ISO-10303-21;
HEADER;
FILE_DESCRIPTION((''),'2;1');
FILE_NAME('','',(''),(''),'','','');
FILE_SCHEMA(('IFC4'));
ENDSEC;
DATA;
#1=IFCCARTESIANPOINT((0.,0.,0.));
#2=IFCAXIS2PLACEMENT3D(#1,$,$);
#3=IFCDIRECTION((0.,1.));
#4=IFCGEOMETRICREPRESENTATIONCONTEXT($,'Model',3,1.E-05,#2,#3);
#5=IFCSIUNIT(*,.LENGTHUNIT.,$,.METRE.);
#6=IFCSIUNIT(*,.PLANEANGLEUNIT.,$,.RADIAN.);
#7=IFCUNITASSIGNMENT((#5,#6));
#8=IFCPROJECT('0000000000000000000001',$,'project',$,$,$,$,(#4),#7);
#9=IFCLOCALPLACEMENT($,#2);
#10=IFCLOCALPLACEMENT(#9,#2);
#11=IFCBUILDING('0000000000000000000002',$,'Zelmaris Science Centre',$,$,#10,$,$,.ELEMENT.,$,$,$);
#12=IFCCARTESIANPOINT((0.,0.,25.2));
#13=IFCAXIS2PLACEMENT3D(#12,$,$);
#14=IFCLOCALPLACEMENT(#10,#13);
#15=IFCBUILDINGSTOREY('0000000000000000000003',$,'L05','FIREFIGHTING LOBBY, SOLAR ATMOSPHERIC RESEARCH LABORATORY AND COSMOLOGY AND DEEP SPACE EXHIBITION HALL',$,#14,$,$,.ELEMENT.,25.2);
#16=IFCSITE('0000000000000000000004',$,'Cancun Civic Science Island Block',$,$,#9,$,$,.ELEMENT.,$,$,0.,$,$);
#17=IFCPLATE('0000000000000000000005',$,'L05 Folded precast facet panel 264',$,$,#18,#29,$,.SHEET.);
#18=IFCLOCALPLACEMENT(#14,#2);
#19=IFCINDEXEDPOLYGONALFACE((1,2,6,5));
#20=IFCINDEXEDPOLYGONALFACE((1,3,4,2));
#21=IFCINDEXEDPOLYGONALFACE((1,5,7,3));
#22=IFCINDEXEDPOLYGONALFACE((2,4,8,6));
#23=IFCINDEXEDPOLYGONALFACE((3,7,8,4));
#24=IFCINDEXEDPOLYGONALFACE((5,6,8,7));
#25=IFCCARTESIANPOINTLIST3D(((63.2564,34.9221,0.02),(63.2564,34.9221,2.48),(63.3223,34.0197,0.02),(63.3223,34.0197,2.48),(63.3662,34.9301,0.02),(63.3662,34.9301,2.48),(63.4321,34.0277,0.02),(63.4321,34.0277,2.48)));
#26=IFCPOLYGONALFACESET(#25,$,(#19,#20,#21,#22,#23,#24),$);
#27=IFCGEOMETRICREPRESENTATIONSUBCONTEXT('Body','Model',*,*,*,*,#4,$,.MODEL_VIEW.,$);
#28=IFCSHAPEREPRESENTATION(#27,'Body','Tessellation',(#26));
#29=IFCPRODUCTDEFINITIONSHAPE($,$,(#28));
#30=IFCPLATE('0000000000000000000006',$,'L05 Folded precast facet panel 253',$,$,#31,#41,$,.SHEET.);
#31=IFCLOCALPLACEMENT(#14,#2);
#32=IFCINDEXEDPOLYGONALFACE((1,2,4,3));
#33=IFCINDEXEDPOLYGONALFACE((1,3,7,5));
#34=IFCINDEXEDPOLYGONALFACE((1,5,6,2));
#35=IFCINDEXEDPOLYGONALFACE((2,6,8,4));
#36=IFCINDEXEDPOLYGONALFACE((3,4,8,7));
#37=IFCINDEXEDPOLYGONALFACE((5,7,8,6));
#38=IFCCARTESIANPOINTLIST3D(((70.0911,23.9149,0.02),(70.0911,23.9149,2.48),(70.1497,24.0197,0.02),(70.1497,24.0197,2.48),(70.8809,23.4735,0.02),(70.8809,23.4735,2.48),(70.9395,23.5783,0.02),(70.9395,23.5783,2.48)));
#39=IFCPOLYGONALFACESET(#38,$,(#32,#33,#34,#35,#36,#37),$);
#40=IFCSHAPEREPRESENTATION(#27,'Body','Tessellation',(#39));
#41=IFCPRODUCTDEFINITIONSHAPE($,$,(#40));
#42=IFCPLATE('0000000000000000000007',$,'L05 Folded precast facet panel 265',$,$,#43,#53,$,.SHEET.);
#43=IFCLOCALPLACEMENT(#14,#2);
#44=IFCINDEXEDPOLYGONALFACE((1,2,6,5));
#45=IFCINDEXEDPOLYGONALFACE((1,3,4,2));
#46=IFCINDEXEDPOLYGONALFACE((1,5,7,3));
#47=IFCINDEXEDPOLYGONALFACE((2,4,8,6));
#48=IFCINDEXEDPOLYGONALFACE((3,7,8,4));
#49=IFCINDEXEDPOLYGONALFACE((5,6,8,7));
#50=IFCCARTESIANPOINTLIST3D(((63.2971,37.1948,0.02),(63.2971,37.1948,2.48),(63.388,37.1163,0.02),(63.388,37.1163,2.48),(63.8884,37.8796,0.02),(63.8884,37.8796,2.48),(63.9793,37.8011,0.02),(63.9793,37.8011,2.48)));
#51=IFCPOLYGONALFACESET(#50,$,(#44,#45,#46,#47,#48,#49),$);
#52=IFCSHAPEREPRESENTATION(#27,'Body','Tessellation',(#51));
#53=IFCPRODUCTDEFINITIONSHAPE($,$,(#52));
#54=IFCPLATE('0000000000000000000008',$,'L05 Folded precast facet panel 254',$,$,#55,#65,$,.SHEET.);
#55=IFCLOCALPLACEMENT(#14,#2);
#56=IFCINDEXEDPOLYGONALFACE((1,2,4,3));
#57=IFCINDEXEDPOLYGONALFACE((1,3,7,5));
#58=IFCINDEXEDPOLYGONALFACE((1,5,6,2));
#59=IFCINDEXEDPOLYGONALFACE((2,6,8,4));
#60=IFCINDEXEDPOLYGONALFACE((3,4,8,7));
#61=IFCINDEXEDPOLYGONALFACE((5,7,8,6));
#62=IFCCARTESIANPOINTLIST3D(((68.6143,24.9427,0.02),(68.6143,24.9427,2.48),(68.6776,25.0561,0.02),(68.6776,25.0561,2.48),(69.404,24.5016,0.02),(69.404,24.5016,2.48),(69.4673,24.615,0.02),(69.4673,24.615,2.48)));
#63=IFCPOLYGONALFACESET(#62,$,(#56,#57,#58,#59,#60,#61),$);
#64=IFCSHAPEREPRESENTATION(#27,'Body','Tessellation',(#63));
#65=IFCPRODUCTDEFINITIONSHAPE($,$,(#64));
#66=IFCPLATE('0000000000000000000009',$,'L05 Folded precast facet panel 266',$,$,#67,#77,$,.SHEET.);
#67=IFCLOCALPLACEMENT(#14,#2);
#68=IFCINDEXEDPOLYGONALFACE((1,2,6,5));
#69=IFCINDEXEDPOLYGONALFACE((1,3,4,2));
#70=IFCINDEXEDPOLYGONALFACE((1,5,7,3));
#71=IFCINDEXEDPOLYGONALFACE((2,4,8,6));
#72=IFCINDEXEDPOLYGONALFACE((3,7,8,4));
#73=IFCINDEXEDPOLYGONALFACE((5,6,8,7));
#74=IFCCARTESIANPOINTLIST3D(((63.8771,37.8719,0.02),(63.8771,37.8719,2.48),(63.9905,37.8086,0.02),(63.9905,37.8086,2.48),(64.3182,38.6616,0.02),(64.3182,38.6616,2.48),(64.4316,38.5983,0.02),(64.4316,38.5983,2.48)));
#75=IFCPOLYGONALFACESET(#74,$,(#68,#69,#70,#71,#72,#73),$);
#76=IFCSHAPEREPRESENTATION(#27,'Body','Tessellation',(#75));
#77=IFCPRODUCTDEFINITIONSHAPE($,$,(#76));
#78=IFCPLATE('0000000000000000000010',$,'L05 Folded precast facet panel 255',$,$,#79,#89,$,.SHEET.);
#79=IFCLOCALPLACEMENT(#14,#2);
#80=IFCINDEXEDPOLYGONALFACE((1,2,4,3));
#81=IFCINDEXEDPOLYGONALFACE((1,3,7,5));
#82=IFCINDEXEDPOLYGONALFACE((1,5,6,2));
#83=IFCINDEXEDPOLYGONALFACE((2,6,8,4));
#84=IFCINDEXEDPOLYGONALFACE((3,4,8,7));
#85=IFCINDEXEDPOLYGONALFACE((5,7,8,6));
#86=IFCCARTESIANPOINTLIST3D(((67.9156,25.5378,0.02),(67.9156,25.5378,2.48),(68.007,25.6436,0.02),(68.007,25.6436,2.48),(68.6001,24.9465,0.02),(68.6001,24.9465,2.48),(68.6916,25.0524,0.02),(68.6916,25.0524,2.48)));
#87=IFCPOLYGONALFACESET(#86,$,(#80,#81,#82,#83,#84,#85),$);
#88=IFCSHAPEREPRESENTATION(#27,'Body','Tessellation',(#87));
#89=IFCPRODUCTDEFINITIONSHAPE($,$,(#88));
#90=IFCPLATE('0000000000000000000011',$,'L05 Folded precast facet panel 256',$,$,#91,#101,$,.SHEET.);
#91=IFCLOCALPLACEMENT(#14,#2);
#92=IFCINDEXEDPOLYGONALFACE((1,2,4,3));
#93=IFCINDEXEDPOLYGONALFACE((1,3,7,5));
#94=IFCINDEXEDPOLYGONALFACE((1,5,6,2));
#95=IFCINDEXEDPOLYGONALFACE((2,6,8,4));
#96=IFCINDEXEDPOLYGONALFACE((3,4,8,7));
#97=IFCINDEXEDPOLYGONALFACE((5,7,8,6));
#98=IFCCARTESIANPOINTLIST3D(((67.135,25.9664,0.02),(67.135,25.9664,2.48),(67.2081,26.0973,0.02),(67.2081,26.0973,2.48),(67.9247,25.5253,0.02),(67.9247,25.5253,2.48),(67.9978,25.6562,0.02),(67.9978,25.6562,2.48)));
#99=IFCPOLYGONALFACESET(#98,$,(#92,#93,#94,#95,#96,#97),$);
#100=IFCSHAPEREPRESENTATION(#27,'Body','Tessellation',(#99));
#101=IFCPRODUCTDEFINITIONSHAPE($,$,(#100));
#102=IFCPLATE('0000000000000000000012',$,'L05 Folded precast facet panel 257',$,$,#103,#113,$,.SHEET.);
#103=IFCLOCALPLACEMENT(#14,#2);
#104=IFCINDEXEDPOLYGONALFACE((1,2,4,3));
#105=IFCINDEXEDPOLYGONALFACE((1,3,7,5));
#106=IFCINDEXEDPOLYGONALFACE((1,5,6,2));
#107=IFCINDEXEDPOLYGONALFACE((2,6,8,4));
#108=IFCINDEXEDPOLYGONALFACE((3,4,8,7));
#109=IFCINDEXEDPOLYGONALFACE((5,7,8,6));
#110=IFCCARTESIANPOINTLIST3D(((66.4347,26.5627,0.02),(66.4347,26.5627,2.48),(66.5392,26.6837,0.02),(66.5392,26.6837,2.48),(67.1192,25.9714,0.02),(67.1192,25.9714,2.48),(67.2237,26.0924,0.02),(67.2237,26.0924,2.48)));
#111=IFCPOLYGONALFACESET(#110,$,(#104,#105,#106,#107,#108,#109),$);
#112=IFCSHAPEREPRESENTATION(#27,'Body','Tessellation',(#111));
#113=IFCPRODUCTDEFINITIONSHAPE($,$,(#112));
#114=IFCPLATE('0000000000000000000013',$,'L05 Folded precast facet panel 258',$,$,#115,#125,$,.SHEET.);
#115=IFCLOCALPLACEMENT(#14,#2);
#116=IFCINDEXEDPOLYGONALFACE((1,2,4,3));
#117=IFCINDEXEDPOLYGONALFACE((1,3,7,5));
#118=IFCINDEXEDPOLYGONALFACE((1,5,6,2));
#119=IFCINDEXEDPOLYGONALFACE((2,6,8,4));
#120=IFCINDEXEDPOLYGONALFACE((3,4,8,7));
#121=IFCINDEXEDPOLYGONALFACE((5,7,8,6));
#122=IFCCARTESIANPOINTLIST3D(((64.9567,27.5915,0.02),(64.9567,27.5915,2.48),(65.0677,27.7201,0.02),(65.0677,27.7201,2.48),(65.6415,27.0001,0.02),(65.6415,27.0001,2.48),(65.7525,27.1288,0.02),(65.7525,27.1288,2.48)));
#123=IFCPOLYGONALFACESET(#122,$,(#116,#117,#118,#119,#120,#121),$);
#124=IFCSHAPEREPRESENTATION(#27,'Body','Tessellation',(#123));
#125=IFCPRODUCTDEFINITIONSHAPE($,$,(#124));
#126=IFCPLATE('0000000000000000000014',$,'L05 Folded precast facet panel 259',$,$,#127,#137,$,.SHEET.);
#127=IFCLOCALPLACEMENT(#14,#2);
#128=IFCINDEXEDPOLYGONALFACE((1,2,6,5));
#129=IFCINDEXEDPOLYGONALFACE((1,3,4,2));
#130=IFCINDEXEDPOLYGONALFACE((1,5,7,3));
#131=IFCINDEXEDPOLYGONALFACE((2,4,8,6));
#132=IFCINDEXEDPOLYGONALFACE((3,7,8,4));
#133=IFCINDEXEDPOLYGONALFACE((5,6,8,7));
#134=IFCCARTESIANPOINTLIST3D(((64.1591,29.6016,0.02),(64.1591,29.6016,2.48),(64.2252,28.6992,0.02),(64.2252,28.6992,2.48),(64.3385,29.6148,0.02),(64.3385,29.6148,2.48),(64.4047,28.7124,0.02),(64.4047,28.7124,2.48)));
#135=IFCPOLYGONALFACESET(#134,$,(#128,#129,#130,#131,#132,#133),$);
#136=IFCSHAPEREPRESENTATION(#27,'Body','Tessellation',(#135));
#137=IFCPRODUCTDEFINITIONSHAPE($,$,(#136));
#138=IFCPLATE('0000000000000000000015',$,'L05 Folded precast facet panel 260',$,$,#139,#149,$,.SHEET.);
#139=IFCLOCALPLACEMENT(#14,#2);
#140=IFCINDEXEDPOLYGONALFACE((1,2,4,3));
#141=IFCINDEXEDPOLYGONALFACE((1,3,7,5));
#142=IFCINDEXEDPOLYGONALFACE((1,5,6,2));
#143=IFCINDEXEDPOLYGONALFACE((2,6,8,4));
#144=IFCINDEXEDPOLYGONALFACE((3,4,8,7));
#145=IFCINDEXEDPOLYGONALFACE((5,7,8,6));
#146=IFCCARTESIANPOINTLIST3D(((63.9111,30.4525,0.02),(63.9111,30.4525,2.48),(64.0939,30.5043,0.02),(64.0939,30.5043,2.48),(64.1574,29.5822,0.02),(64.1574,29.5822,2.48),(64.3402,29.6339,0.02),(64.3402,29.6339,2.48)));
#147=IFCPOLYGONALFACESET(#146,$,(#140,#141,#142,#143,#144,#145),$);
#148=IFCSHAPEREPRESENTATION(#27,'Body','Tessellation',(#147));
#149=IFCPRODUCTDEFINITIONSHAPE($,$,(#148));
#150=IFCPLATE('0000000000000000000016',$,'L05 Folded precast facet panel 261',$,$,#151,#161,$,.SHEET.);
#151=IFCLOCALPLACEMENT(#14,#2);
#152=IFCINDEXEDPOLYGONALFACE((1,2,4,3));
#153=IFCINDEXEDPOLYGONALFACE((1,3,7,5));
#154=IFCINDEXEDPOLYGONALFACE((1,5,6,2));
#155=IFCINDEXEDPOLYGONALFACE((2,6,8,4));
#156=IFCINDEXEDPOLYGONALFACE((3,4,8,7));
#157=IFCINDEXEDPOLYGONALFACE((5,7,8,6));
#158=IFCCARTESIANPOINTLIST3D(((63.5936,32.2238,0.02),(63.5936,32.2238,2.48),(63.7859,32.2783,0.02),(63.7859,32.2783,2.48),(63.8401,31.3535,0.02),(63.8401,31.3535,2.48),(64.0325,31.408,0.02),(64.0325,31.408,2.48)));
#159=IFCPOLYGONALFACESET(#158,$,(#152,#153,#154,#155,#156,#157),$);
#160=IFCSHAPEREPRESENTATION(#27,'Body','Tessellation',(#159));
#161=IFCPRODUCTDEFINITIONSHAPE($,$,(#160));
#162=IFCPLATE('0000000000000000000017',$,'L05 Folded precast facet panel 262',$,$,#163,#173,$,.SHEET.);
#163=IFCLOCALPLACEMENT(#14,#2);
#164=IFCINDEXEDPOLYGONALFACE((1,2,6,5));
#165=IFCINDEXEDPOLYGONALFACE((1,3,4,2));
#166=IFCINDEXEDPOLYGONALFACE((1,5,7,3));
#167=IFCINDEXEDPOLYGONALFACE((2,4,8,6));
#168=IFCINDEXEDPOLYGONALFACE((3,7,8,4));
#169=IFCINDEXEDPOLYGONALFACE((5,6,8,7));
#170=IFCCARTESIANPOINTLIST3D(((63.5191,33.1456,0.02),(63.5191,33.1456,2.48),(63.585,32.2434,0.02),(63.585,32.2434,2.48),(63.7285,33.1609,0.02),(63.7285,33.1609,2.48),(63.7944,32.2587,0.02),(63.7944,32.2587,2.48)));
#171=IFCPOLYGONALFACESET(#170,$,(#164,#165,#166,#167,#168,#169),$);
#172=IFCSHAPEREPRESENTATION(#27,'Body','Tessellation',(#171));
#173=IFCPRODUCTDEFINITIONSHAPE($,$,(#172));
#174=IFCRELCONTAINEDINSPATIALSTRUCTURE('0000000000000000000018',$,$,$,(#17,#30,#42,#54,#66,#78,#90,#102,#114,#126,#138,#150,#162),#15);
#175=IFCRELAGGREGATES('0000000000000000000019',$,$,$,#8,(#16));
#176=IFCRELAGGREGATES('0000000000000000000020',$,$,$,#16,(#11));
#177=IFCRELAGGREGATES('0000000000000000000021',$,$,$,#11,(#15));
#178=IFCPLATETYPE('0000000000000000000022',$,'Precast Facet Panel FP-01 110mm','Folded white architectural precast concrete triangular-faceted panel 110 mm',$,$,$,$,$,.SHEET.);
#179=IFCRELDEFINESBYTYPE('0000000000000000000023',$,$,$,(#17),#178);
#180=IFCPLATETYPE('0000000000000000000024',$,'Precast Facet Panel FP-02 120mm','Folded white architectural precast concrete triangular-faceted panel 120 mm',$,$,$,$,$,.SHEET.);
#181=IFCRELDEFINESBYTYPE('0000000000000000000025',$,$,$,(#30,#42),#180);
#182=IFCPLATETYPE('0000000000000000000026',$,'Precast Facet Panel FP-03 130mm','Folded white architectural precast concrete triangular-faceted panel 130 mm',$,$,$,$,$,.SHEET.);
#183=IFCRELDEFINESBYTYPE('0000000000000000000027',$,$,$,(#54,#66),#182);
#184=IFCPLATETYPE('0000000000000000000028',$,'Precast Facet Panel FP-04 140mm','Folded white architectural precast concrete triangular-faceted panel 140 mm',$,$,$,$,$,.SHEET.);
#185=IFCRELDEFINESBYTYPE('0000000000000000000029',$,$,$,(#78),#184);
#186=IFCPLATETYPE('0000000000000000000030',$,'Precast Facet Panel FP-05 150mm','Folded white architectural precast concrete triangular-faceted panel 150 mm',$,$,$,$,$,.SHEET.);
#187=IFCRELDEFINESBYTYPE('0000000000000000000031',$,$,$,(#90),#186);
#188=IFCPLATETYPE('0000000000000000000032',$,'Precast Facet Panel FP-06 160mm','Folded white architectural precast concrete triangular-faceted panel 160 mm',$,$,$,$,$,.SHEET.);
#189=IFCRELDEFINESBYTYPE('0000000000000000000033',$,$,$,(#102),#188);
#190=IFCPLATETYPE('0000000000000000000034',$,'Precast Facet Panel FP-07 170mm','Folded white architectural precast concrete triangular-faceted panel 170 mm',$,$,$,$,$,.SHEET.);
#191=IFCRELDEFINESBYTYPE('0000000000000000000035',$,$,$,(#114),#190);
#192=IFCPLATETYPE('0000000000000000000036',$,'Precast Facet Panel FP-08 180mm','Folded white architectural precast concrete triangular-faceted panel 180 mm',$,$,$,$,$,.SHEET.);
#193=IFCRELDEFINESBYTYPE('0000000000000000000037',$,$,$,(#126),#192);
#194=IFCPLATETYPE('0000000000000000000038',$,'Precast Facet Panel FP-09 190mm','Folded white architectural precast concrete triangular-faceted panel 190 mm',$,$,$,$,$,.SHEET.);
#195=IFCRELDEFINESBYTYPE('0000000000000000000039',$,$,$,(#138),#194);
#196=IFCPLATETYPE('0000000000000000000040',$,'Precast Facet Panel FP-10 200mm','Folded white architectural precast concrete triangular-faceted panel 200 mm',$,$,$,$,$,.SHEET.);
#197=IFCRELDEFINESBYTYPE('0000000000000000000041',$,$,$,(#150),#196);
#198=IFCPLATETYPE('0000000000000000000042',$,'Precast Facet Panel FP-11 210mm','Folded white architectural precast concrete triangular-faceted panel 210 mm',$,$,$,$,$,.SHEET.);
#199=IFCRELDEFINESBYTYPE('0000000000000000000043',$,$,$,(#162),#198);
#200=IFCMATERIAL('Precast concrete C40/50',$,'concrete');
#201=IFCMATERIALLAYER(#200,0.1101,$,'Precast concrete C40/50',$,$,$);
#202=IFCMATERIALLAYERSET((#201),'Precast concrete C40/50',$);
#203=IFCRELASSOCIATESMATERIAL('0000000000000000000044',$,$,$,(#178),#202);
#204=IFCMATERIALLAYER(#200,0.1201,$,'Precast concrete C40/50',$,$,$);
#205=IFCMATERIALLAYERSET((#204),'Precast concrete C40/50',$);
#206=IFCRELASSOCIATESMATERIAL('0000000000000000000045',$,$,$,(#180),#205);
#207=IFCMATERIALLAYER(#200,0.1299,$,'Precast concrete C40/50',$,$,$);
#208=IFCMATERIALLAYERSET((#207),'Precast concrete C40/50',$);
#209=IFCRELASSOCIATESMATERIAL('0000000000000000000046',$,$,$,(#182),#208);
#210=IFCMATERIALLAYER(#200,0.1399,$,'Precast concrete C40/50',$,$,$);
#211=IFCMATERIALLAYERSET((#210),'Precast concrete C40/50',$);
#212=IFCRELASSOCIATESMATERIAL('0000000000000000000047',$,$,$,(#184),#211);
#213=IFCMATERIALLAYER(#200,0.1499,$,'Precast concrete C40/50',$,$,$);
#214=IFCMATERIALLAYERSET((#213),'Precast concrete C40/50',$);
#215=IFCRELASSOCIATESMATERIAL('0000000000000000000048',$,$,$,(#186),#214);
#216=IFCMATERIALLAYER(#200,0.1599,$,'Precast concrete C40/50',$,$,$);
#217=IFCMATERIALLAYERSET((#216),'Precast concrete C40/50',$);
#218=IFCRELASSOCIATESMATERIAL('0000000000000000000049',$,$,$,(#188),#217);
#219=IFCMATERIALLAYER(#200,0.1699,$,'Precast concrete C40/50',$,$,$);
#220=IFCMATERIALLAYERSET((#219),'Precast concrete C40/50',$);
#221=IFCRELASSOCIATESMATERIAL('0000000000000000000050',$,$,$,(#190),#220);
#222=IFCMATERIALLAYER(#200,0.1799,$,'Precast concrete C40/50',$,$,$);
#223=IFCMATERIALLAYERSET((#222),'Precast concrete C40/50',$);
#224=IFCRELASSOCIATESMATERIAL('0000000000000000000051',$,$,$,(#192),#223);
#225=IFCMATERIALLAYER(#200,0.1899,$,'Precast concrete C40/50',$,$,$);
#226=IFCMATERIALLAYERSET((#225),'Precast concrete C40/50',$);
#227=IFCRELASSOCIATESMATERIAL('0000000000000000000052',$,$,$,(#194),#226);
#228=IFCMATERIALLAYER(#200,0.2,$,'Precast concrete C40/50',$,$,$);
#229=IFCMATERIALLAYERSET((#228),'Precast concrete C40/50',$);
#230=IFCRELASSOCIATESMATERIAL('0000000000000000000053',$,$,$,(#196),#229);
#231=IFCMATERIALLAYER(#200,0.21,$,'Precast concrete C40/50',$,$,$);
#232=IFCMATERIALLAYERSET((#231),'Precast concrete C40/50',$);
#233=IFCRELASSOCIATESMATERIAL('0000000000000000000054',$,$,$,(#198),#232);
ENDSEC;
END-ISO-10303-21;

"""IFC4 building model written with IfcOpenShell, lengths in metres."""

from ifc_helpers import new_model, si_unit, direction, frame, frame_2d, origin, place, context, subcontext, project, spatial, rectangle, extrude, material, layer, layer_set, type_object, element, save


model = new_model("IFC4")

# Units and contexts
model_context = context("Model", 3, precision=1e-05, world=origin(), true_north=direction((0.0, 1.0)))
body_context = subcontext(model_context, "Body", "Model", "MODEL_VIEW")
ifc_project = project(units=[si_unit("LENGTHUNIT", "METRE"), si_unit("PLANEANGLEUNIT", "RADIAN")], contexts=[model_context])

# Site, building, storey
site_placement = place(None, origin())
site = spatial("IfcSite", under=ifc_project, at=site_placement, Name="Cancun Civic Science Island Block", CompositionType="ELEMENT", RefElevation=0.0)
building_placement = place(site_placement, origin())
building = spatial("IfcBuilding", under=site, at=building_placement, Name="Zelmaris Science Centre", CompositionType="ELEMENT")
storey_placement = place(building_placement, frame((0.0, 0.0, 25.2)))
storey = spatial("IfcBuildingStorey", under=building, at=storey_placement, Name="L05", Description="FIREFIGHTING LOBBY, SOLAR ATMOSPHERIC RESEARCH LABORATORY AND COSMOLOGY AND DEEP SPACE EXHIBITION HALL", CompositionType="ELEMENT", Elevation=25.2)

# Plates
ifc_material_1 = material(Name="Precast concrete C40/50", Category="concrete")
ifc_layer_1 = layer(ifc_material_1, 0.1101, Name="Precast concrete C40/50")
ifc_layer_set_1 = layer_set([ifc_layer_1], Name="Precast concrete C40/50")
plate_type_1 = type_object("IfcPlateType", Name="Precast Facet Panel FP-01 110mm", Description="Folded white architectural precast concrete triangular-faceted panel 110 mm", PredefinedType="SHEET", material=ifc_layer_set_1)
plate_1_placement = place(storey_placement, frame((63.3772, 34.0237, 0.02), z_axis=(0.0, 0.0, 1.0), x_axis=(-0.072858, 0.997342, 0.0)))
element("IfcPlate", 1, at=plate_1_placement, inside=storey, type_object=plate_type_1, Name="L05 Folded precast facet panel 264", PredefinedType="SHEET", context=body_context, shape_type="SweptSolid", body=[
    extrude(rectangle(XDim=0.9048, YDim=0.1101, at=frame_2d((0.4524, 0.0))), origin(), (0.0, 0.0, 1.0), 2.46),
])
ifc_layer_2 = layer(ifc_material_1, 0.1201, Name="Precast concrete C40/50")
ifc_layer_set_2 = layer_set([ifc_layer_2], Name="Precast concrete C40/50")
plate_type_2 = type_object("IfcPlateType", Name="Precast Facet Panel FP-02 120mm", Description="Folded white architectural precast concrete triangular-faceted panel 120 mm", PredefinedType="SHEET", material=ifc_layer_set_2)
for number, where, z_axis, x_axis, name in (
    (2, (70.9102, 23.5259, 0.02), (0.0, 0.0, 1.0), (-0.87292, 0.487864, 0.0), "L05 Folded precast facet panel 253"),
    (3, (63.3425, 37.1555, 0.02), (0.0, 0.0, 1.0), (0.653543, 0.75689, 0.0), "L05 Folded precast facet panel 265"),
):
    element("IfcPlate", number, at=place(storey_placement, frame(where, z_axis=z_axis, x_axis=x_axis)), inside=storey, type_object=plate_type_2, Name=name, PredefinedType="SHEET", context=body_context, shape_type="SweptSolid", body=[
        extrude(rectangle(XDim=0.9048, YDim=0.1201, at=frame_2d((0.4524, 0.0))), origin(), (0.0, 0.0, 1.0), 2.46),
    ])
ifc_layer_3 = layer(ifc_material_1, 0.1299, Name="Precast concrete C40/50")
ifc_layer_set_3 = layer_set([ifc_layer_3], Name="Precast concrete C40/50")
plate_type_3 = type_object("IfcPlateType", Name="Precast Facet Panel FP-03 130mm", Description="Folded white architectural precast concrete triangular-faceted panel 130 mm", PredefinedType="SHEET", material=ifc_layer_set_3)
for number, where, z_axis, x_axis, name in (
    (4, (69.4355, 24.5583, 0.02), (0.0, 0.0, 1.0), (-0.873035, 0.487658, 0.0), "L05 Folded precast facet panel 254"),
    (5, (63.9338, 37.8403, 0.02), (0.0, 0.0, 1.0), (0.487658, 0.873035, 0.0), "L05 Folded precast facet panel 266"),
):
    element("IfcPlate", number, at=place(storey_placement, frame(where, z_axis=z_axis, x_axis=x_axis)), inside=storey, type_object=plate_type_3, Name=name, PredefinedType="SHEET", context=body_context, shape_type="SweptSolid", body=[
        extrude(rectangle(XDim=0.9045, YDim=0.1299, at=frame_2d((0.4521, 0.0))), origin(), (0.0, 0.0, 1.0), 2.46),
    ])
ifc_layer_4 = layer(ifc_material_1, 0.1399, Name="Precast concrete C40/50")
ifc_layer_set_4 = layer_set([ifc_layer_4], Name="Precast concrete C40/50")
plate_type_4 = type_object("IfcPlateType", Name="Precast Facet Panel FP-04 140mm", Description="Folded white architectural precast concrete triangular-faceted panel 140 mm", PredefinedType="SHEET", material=ifc_layer_set_4)
plate_2_placement = place(storey_placement, frame((68.6458, 24.9995, 0.02), z_axis=(0.0, 0.0, 1.0), x_axis=(-0.756774, 0.653676, 0.0)))
element("IfcPlate", 6, at=plate_2_placement, inside=storey, type_object=plate_type_4, Name="L05 Folded precast facet panel 255", PredefinedType="SHEET", context=body_context, shape_type="SweptSolid", body=[
    extrude(rectangle(XDim=0.9045, YDim=0.1399, at=frame_2d((0.4521, 0.0))), origin(), (0.0, 0.0, 1.0), 2.46),
])
ifc_layer_5 = layer(ifc_material_1, 0.1499, Name="Precast concrete C40/50")
ifc_layer_set_5 = layer_set([ifc_layer_5], Name="Precast concrete C40/50")
plate_type_5 = type_object("IfcPlateType", Name="Precast Facet Panel FP-05 150mm", Description="Folded white architectural precast concrete triangular-faceted panel 150 mm", PredefinedType="SHEET", material=ifc_layer_set_5)
plate_3_placement = place(storey_placement, frame((67.9612, 25.5908, 0.02), z_axis=(0.0, 0.0, 1.0), x_axis=(-0.873035, 0.487658, 0.0)))
element("IfcPlate", 7, at=plate_3_placement, inside=storey, type_object=plate_type_5, Name="L05 Folded precast facet panel 256", PredefinedType="SHEET", context=body_context, shape_type="SweptSolid", body=[
    extrude(rectangle(XDim=0.9045, YDim=0.1499, at=frame_2d((0.4521, 0.0))), origin(), (0.0, 0.0, 1.0), 2.46),
])
ifc_layer_6 = layer(ifc_material_1, 0.1599, Name="Precast concrete C40/50")
ifc_layer_set_6 = layer_set([ifc_layer_6], Name="Precast concrete C40/50")
plate_type_6 = type_object("IfcPlateType", Name="Precast Facet Panel FP-06 160mm", Description="Folded white architectural precast concrete triangular-faceted panel 160 mm", PredefinedType="SHEET", material=ifc_layer_set_6)
plate_4_placement = place(storey_placement, frame((67.1714, 26.032, 0.02), z_axis=(0.0, 0.0, 1.0), x_axis=(-0.756774, 0.653676, 0.0)))
element("IfcPlate", 8, at=plate_4_placement, inside=storey, type_object=plate_type_6, Name="L05 Folded precast facet panel 257", PredefinedType="SHEET", context=body_context, shape_type="SweptSolid", body=[
    extrude(rectangle(XDim=0.9045, YDim=0.1599, at=frame_2d((0.4521, 0.0))), origin(), (0.0, 0.0, 1.0), 2.46),
])
ifc_layer_7 = layer(ifc_material_1, 0.1699, Name="Precast concrete C40/50")
ifc_layer_set_7 = layer_set([ifc_layer_7], Name="Precast concrete C40/50")
plate_type_7 = type_object("IfcPlateType", Name="Precast Facet Panel FP-07 170mm", Description="Folded white architectural precast concrete triangular-faceted panel 170 mm", PredefinedType="SHEET", material=ifc_layer_set_7)
plate_5_placement = place(storey_placement, frame((65.697, 27.0645, 0.02), z_axis=(0.0, 0.0, 1.0), x_axis=(-0.75689, 0.653543, 0.0)))
element("IfcPlate", 9, at=plate_5_placement, inside=storey, type_object=plate_type_7, Name="L05 Folded precast facet panel 258", PredefinedType="SHEET", context=body_context, shape_type="SweptSolid", body=[
    extrude(rectangle(XDim=0.9048, YDim=0.1699, at=frame_2d((0.4524, 0.0))), origin(), (0.0, 0.0, 1.0), 2.46),
])
ifc_layer_8 = layer(ifc_material_1, 0.1799, Name="Precast concrete C40/50")
ifc_layer_set_8 = layer_set([ifc_layer_8], Name="Precast concrete C40/50")
plate_type_8 = type_object("IfcPlateType", Name="Precast Facet Panel FP-08 180mm", Description="Folded white architectural precast concrete triangular-faceted panel 180 mm", PredefinedType="SHEET", material=ifc_layer_set_8)
plate_6_placement = place(storey_placement, frame((64.3149, 28.7058, 0.02), z_axis=(0.0, 0.0, 1.0), x_axis=(-0.073126, 0.997323, 0.0)))
element("IfcPlate", 10, at=plate_6_placement, inside=storey, type_object=plate_type_8, Name="L05 Folded precast facet panel 259", PredefinedType="SHEET", context=body_context, shape_type="SweptSolid", body=[
    extrude(rectangle(XDim=0.9048, YDim=0.1799, at=frame_2d((0.4524, 0.0))), origin(), (0.0, 0.0, 1.0), 2.46),
])
ifc_layer_9 = layer(ifc_material_1, 0.1899, Name="Precast concrete C40/50")
ifc_layer_set_9 = layer_set([ifc_layer_9], Name="Precast concrete C40/50")
plate_type_9 = type_object("IfcPlateType", Name="Precast Facet Panel FP-09 190mm", Description="Folded white architectural precast concrete triangular-faceted panel 190 mm", PredefinedType="SHEET", material=ifc_layer_set_9)
plate_7_placement = place(storey_placement, frame((64.2488, 29.6082, 0.02), z_axis=(0.0, 0.0, 1.0), x_axis=(-0.272332, 0.962203, 0.0)))
element("IfcPlate", 11, at=plate_7_placement, inside=storey, type_object=plate_type_9, Name="L05 Folded precast facet panel 260", PredefinedType="SHEET", context=body_context, shape_type="SweptSolid", body=[
    extrude(rectangle(XDim=0.9045, YDim=0.1899, at=frame_2d((0.4521, 0.0))), origin(), (0.0, 0.0, 1.0), 2.46),
])
ifc_layer_10 = layer(ifc_material_1, 0.2, Name="Precast concrete C40/50")
ifc_layer_set_10 = layer_set([ifc_layer_10], Name="Precast concrete C40/50")
plate_type_10 = type_object("IfcPlateType", Name="Precast Facet Panel FP-10 200mm", Description="Folded white architectural precast concrete triangular-faceted panel 200 mm", PredefinedType="SHEET", material=ifc_layer_set_10)
plate_8_placement = place(storey_placement, frame((63.9363, 31.3809, 0.02), z_axis=(0.0, 0.0, 1.0), x_axis=(-0.272582, 0.962133, 0.0)))
element("IfcPlate", 12, at=plate_8_placement, inside=storey, type_object=plate_type_10, Name="L05 Folded precast facet panel 261", PredefinedType="SHEET", context=body_context, shape_type="SweptSolid", body=[
    extrude(rectangle(XDim=0.9045, YDim=0.2, at=frame_2d((0.4521, 0.0))), origin(), (0.0, 0.0, 1.0), 2.46),
])
ifc_layer_11 = layer(ifc_material_1, 0.21, Name="Precast concrete C40/50")
ifc_layer_set_11 = layer_set([ifc_layer_11], Name="Precast concrete C40/50")
plate_type_11 = type_object("IfcPlateType", Name="Precast Facet Panel FP-11 210mm", Description="Folded white architectural precast concrete triangular-faceted panel 210 mm", PredefinedType="SHEET", material=ifc_layer_set_11)
plate_9_placement = place(storey_placement, frame((63.6897, 32.2512, 0.02), z_axis=(0.0, 0.0, 1.0), x_axis=(-0.072877, 0.997341, 0.0)))
element("IfcPlate", 13, at=plate_9_placement, inside=storey, type_object=plate_type_11, Name="L05 Folded precast facet panel 262", PredefinedType="SHEET", context=body_context, shape_type="SweptSolid", body=[
    extrude(rectangle(XDim=0.9045, YDim=0.21, at=frame_2d((0.4521, 0.0))), origin(), (0.0, 0.0, 1.0), 2.46),
])

save(model, "model.ifc")
